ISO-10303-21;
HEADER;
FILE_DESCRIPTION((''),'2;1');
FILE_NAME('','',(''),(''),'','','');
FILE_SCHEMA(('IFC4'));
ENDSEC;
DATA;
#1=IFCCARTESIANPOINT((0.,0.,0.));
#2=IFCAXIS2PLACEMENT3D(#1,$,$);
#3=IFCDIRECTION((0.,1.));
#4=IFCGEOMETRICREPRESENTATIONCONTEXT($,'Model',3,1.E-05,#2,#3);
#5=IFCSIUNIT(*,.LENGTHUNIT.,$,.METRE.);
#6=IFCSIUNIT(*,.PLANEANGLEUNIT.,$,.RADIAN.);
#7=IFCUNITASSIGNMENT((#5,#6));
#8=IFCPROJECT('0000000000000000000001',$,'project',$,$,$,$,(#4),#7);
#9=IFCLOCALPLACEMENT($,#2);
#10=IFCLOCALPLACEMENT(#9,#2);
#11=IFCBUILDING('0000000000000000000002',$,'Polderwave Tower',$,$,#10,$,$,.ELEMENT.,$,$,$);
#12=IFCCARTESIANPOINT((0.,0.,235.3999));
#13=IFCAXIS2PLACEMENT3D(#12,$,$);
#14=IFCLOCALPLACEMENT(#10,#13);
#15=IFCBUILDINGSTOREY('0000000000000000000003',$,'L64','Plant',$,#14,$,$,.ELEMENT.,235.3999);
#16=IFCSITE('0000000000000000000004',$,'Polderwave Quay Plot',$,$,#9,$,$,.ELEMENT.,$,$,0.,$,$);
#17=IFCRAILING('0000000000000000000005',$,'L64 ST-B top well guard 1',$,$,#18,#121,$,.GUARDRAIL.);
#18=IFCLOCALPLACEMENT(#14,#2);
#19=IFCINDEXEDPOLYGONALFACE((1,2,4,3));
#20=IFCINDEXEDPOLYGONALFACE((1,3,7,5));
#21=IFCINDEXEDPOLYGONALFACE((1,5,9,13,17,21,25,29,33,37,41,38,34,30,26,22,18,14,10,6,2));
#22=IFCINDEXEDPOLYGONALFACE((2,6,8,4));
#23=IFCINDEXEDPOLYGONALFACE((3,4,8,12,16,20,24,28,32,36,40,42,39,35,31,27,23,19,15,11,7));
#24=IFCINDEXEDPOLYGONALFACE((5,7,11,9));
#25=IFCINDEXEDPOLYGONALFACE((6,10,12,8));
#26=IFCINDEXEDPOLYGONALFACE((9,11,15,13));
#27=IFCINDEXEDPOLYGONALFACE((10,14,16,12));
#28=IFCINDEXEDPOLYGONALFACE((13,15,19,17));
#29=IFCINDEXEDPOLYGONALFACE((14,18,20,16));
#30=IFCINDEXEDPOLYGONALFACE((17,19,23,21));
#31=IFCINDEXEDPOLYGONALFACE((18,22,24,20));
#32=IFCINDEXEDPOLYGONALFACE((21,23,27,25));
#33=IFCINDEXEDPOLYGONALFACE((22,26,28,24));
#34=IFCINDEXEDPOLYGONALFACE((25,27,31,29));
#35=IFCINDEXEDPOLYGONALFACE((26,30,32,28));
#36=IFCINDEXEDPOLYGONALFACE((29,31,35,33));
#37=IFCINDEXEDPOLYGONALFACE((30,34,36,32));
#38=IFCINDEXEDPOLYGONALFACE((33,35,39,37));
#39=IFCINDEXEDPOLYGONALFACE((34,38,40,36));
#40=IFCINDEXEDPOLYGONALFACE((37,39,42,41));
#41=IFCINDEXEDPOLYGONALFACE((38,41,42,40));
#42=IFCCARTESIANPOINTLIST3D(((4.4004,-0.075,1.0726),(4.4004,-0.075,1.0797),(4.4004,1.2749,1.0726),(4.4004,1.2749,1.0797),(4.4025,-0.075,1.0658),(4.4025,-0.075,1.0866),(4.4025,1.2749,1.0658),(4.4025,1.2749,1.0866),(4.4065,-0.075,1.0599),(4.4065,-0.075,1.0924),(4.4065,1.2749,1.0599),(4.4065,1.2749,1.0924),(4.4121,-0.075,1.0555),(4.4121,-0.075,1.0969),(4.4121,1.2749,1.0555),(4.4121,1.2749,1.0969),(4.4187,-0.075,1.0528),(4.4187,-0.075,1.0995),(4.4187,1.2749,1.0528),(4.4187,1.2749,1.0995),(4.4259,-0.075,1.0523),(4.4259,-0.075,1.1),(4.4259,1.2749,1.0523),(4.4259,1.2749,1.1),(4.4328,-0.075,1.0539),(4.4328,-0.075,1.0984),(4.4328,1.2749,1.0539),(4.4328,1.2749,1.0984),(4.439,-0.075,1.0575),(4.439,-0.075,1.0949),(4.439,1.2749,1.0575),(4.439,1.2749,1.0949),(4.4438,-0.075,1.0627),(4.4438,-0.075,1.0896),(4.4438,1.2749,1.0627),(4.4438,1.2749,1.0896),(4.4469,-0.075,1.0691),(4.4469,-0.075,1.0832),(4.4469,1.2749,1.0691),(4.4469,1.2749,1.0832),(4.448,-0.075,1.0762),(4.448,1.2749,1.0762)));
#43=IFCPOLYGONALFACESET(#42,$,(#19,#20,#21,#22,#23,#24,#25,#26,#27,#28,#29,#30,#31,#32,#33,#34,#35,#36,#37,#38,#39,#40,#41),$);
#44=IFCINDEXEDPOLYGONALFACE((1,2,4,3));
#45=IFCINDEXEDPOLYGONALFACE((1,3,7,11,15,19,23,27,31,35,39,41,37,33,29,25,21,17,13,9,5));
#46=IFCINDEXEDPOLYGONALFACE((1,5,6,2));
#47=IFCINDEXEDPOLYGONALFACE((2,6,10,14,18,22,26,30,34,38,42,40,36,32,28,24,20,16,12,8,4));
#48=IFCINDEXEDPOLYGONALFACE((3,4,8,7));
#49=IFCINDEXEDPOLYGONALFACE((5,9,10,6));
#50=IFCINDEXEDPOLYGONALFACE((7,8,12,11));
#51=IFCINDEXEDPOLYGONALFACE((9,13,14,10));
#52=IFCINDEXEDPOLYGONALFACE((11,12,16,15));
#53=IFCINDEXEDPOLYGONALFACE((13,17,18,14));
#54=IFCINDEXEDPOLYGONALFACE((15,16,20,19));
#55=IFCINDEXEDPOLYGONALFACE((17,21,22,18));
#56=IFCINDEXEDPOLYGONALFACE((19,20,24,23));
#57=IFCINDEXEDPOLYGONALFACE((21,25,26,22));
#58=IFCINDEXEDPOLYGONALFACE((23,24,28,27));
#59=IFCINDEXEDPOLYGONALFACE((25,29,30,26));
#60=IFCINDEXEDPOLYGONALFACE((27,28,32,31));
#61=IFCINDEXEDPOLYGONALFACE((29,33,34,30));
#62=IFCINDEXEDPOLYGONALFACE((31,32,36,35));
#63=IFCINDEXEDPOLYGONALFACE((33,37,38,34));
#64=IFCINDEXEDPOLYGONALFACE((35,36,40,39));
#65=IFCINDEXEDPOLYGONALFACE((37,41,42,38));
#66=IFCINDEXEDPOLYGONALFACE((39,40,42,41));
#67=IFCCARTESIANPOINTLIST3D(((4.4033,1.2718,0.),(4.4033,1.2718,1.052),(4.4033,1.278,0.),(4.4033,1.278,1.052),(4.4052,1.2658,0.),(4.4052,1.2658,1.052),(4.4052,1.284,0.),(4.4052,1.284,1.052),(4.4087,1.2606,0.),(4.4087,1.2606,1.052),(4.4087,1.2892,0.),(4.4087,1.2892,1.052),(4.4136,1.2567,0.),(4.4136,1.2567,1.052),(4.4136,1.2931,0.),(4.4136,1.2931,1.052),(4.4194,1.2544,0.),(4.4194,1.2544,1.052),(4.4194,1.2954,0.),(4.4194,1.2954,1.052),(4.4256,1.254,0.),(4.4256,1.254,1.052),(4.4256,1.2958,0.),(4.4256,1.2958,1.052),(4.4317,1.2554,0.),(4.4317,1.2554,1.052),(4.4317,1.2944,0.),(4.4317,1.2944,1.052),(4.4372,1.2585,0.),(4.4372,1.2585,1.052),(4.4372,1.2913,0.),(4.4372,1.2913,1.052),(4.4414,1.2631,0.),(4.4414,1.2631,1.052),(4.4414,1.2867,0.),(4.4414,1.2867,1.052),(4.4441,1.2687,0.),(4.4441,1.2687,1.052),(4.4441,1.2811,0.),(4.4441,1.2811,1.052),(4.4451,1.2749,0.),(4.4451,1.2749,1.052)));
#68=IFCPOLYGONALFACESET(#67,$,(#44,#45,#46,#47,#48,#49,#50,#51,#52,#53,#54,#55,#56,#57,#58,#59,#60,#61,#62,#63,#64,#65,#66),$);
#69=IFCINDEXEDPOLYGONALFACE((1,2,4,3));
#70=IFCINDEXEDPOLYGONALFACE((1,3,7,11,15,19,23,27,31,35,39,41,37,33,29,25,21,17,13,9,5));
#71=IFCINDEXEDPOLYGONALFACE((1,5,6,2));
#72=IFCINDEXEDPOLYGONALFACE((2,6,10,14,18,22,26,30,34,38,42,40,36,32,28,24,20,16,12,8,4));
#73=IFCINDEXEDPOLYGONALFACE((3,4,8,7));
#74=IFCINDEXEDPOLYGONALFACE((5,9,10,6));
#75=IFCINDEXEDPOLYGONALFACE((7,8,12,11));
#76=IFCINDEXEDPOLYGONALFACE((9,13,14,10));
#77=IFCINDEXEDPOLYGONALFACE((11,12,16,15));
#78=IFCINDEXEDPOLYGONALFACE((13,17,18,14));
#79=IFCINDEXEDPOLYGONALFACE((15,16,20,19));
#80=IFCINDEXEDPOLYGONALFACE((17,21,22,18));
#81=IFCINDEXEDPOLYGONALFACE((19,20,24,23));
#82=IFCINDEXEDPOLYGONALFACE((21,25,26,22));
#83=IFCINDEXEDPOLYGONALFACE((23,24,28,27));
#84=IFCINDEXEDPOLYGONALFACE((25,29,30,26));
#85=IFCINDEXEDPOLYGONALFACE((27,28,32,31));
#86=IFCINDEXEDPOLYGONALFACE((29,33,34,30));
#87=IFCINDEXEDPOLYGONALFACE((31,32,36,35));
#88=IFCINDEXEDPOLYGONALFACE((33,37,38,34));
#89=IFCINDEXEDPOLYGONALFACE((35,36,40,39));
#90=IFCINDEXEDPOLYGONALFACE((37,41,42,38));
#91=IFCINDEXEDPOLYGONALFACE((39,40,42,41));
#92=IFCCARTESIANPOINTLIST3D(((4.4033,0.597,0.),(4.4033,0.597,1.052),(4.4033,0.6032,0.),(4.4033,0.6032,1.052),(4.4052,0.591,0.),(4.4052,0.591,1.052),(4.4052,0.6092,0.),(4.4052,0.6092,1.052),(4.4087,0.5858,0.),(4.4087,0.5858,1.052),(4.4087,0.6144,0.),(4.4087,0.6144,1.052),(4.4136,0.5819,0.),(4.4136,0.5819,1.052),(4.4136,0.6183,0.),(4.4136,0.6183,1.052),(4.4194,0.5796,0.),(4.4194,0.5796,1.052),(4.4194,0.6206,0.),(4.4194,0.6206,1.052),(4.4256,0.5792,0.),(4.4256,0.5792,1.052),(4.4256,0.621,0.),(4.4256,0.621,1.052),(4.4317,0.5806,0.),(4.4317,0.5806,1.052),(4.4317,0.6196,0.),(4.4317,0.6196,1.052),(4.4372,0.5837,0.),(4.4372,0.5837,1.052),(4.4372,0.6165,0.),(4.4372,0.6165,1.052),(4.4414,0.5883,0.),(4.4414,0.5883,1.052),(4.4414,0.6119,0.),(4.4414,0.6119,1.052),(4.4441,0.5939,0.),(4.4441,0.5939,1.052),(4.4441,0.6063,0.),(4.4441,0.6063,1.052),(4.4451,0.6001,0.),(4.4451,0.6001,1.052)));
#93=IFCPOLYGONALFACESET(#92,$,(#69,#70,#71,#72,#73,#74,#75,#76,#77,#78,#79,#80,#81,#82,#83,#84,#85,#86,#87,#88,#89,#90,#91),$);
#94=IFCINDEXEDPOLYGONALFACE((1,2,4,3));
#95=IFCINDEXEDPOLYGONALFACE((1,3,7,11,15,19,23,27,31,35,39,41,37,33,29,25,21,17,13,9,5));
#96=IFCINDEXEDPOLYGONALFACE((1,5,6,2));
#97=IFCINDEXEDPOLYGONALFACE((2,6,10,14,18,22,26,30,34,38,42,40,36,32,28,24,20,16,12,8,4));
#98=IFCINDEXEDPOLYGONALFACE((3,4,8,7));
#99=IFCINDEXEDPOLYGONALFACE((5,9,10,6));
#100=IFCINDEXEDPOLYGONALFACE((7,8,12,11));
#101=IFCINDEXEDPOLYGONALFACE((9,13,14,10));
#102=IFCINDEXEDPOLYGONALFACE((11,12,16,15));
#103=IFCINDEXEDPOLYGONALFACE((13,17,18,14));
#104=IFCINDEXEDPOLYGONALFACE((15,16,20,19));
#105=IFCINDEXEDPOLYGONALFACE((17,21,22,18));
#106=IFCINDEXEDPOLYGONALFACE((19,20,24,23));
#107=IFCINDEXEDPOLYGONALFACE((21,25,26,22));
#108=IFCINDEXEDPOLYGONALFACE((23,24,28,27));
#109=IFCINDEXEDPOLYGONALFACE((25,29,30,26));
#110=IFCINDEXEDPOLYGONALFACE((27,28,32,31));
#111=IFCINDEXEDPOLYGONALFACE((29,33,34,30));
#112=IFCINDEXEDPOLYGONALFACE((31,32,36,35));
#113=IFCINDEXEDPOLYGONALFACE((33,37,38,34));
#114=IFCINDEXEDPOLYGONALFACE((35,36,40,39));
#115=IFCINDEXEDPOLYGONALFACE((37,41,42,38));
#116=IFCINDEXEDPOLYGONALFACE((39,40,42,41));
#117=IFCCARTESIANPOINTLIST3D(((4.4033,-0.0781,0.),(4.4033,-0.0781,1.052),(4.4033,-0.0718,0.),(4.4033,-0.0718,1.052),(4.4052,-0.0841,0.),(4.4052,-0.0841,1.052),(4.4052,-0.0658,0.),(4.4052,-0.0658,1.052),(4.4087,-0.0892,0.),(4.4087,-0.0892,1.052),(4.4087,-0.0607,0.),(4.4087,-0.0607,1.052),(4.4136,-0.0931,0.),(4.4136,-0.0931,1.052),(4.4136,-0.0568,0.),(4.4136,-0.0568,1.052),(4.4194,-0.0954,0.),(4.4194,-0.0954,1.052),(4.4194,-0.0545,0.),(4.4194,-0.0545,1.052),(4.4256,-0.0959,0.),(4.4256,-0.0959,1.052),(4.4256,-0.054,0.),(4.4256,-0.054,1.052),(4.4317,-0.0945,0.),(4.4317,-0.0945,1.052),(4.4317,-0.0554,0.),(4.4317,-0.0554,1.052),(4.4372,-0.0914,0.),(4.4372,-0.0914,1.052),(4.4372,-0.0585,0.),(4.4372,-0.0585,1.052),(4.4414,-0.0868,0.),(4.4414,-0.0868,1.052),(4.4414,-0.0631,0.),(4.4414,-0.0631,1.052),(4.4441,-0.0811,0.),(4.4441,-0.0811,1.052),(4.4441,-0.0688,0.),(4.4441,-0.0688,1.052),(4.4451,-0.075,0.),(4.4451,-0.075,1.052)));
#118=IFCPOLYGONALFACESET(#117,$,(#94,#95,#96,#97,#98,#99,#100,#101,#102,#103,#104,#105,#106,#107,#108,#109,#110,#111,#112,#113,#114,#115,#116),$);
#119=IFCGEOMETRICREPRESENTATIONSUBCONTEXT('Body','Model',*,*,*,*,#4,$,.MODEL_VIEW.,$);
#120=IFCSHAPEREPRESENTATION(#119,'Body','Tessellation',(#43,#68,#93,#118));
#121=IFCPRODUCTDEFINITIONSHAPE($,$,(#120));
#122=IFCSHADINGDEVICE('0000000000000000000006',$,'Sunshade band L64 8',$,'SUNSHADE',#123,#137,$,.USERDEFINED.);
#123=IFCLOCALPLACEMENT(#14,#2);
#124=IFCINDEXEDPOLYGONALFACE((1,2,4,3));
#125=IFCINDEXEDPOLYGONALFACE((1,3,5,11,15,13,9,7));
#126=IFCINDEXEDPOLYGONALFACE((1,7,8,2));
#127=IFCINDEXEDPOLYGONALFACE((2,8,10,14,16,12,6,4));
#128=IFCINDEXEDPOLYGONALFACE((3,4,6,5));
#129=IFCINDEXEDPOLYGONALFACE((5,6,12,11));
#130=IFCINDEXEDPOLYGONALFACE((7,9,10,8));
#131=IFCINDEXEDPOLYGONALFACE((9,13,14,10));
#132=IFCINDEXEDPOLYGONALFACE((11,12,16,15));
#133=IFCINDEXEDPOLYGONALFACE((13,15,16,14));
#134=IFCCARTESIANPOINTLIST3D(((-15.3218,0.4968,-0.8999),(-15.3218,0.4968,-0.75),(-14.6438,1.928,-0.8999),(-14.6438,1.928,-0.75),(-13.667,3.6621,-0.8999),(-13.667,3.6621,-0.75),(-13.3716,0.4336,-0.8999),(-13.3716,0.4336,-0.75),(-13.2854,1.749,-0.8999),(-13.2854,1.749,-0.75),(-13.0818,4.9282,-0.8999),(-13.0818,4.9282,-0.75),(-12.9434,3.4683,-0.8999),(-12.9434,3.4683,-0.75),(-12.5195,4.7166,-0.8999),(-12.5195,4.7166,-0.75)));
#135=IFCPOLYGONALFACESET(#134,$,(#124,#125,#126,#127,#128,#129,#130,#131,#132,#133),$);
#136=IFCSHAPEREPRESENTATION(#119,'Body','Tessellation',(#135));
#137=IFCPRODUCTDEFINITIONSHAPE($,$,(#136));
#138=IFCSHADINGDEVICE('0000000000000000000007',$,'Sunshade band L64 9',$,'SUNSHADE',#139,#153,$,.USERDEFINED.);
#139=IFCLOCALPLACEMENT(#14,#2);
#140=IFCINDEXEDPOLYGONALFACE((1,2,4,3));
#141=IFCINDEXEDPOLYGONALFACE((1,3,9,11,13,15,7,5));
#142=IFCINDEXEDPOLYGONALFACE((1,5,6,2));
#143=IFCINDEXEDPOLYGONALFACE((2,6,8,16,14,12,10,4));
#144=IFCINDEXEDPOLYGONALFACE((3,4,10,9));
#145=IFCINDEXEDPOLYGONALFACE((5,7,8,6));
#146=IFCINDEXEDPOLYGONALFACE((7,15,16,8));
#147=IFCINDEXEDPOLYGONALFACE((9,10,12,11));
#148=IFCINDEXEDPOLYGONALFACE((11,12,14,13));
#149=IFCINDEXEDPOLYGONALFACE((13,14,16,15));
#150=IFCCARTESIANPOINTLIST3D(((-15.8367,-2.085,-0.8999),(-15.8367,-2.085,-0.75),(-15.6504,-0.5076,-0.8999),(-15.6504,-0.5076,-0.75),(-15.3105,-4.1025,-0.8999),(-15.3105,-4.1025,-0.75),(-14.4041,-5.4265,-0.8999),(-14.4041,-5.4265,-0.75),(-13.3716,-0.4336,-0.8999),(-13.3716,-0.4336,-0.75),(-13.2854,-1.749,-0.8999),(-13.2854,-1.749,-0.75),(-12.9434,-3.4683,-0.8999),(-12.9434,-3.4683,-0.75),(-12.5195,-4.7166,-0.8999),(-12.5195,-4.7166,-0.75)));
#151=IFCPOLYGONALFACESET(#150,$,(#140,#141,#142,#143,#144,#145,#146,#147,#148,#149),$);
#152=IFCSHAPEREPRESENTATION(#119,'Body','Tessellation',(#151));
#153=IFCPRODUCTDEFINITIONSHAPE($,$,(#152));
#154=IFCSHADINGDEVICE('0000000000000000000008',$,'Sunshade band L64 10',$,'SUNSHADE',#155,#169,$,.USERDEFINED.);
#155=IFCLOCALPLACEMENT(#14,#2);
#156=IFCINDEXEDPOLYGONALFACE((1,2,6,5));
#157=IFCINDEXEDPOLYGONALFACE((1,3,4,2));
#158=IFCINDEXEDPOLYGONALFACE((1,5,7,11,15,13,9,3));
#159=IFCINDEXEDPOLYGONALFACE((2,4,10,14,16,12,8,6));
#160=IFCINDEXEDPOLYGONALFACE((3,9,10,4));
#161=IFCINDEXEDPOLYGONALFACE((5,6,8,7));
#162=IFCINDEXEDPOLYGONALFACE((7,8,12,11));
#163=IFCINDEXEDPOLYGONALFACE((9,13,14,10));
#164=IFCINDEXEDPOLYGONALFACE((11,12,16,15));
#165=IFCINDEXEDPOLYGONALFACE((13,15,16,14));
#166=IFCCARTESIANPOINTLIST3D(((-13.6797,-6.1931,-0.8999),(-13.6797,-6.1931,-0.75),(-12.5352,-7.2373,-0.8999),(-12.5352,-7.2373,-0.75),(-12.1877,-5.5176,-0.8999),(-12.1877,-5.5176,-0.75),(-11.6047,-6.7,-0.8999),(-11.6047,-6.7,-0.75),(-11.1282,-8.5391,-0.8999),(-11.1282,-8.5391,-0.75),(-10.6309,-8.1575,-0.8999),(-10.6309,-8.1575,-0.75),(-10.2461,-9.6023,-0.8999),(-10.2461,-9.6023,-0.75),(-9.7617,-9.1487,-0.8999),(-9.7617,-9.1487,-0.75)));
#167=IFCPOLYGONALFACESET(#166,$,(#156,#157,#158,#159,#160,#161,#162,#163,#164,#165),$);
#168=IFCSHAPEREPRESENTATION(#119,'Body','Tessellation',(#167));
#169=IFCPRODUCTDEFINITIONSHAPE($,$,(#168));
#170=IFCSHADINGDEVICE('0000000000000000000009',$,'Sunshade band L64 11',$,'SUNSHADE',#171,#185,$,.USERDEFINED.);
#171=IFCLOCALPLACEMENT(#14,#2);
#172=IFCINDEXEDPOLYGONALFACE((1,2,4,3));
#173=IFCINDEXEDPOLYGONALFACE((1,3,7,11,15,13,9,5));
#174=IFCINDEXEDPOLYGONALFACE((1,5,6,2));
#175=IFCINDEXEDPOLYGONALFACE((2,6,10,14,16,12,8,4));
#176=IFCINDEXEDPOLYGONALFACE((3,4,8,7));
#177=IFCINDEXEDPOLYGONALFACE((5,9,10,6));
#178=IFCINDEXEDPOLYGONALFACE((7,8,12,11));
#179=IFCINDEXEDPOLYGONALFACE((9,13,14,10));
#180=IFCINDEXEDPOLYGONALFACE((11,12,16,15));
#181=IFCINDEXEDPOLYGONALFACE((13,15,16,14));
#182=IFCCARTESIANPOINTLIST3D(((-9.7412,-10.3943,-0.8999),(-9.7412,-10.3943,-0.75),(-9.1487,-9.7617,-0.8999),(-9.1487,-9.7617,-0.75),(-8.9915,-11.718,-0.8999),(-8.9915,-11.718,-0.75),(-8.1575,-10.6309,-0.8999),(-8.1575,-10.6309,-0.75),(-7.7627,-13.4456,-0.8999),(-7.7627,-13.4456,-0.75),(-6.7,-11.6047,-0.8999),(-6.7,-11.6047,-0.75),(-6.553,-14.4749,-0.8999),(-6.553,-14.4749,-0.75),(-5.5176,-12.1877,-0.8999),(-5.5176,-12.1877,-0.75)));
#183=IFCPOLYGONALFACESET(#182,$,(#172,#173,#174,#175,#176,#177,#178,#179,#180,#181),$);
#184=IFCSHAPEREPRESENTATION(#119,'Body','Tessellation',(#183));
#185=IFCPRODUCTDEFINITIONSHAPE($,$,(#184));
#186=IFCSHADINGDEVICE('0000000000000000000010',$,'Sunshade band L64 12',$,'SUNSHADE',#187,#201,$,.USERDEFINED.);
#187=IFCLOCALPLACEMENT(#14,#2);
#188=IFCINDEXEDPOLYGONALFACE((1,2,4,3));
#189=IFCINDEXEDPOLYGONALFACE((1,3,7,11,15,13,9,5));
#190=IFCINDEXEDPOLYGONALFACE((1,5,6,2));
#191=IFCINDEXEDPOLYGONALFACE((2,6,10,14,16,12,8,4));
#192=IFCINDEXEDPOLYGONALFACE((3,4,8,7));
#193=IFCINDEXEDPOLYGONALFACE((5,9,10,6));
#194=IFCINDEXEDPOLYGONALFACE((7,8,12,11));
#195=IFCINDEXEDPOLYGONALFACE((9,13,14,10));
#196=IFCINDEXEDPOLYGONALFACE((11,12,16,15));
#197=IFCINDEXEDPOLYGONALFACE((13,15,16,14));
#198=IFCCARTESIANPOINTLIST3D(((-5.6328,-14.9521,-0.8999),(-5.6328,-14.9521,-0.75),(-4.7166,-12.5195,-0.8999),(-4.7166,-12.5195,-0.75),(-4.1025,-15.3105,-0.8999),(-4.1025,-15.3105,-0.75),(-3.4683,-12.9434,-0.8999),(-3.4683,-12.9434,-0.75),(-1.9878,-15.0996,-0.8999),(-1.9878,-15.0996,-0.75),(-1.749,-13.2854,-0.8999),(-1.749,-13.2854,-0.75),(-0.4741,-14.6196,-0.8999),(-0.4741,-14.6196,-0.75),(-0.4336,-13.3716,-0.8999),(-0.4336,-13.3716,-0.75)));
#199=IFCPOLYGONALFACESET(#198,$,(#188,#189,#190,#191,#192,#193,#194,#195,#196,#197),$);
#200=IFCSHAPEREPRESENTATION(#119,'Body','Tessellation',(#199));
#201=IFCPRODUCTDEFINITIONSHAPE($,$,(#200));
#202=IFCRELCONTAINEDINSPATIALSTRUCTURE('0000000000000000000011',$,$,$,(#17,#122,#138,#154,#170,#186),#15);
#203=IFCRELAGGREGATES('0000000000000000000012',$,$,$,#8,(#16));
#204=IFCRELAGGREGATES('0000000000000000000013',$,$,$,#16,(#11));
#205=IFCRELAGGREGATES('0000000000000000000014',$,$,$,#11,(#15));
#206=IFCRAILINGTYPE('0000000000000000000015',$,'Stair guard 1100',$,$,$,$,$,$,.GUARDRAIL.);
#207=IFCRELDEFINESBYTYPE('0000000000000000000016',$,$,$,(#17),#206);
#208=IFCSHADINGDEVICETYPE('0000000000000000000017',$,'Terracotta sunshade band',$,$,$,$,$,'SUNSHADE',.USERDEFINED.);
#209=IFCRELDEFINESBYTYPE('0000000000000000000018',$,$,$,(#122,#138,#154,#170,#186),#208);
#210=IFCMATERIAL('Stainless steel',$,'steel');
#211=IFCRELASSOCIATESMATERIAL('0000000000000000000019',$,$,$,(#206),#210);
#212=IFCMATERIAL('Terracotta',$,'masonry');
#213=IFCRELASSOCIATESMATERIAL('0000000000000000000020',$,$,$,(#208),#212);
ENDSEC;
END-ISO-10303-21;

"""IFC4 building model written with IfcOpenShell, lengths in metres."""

from ifc_helpers import new_model, si_unit, direction, frame, origin, origin_2d, place, context, subcontext, project, spatial, polyline, circle, outline, extrude, material, type_object, element, save


model = new_model("IFC4")

# Units and contexts
model_context = context("Model", 3, precision=1e-05, world=origin(), true_north=direction((0.0, 1.0)))
body_context = subcontext(model_context, "Body", "Model", "MODEL_VIEW")
ifc_project = project(units=[si_unit("LENGTHUNIT", "METRE"), si_unit("PLANEANGLEUNIT", "RADIAN")], contexts=[model_context])

# Site, building, storey
site_placement = place(None, origin())
site = spatial("IfcSite", under=ifc_project, at=site_placement, Name="Polderwave Quay Plot", CompositionType="ELEMENT", RefElevation=0.0)
building_placement = place(site_placement, origin())
building = spatial("IfcBuilding", under=site, at=building_placement, Name="Polderwave Tower", CompositionType="ELEMENT")
storey_placement = place(building_placement, frame((0.0, 0.0, 235.3999)))
storey = spatial("IfcBuildingStorey", under=building, at=storey_placement, Name="L64", Description="Plant", CompositionType="ELEMENT", Elevation=235.3999)

# Railing
ifc_material_1 = material(Name="Stainless steel", Category="steel")
railing_type = type_object("IfcRailingType", Name="Stair guard 1100", PredefinedType="GUARDRAIL", material=ifc_material_1)
railing_placement = place(storey_placement, frame((4.4241, 1.2749, 0.0)))
element("IfcRailing", 1, at=railing_placement, inside=storey, type_object=railing_type, Name="L64 ST-B top well guard 1", PredefinedType="GUARDRAIL", context=body_context, shape_type="SweptSolid", body=[
    extrude(circle(Radius=0.0239, at=origin_2d()), frame((0.0, 0.0, 1.0762), z_axis=(0.0, -1.0, 0.0), x_axis=(1.0, 0.0, 0.0)), (0.0, 0.0, 1.0), 1.3499),
    extrude(circle(Radius=0.021, at=origin_2d()), origin(), (0.0, 0.0, 1.0), 1.052),
    extrude(circle(Radius=0.021, at=origin_2d()), frame((0.0, -0.6748, 0.0)), (0.0, 0.0, 1.0), 1.052),
    extrude(circle(Radius=0.021, at=origin_2d()), frame((0.0, -1.3499, 0.0)), (0.0, 0.0, 1.0), 1.052),
])

# Shading devices
ifc_material_2 = material(Name="Terracotta", Category="masonry")
shading_device_type = type_object("IfcShadingDeviceType", Name="Terracotta sunshade band", ElementType="SUNSHADE", PredefinedType="USERDEFINED", material=ifc_material_2)
shading_device_1_placement = place(storey_placement, frame((0.0, 0.0, -0.8999)))
element("IfcShadingDevice", 2, at=shading_device_1_placement, inside=storey, type_object=shading_device_type, Name="Sunshade band L64 8", ObjectType="SUNSHADE", PredefinedType="USERDEFINED", context=body_context, shape_type="SweptSolid", body=[
    extrude(outline(polyline([(-12.5195, 4.7166), (-12.9434, 3.4683), (-13.2854, 1.749), (-13.3716, 0.4336), (-15.3218, 0.4968), (-14.6438, 1.928), (-13.667, 3.6621), (-13.0818, 4.9282), (-12.5195, 4.7166)])), origin(), (0.0, 0.0, 1.0), 0.1499),
])
shading_device_2_placement = place(storey_placement, frame((0.0, 0.0, -0.8999)))
element("IfcShadingDevice", 3, at=shading_device_2_placement, inside=storey, type_object=shading_device_type, Name="Sunshade band L64 9", ObjectType="SUNSHADE", PredefinedType="USERDEFINED", context=body_context, shape_type="SweptSolid", body=[
    extrude(outline(polyline([(-13.3716, -0.4336), (-13.2854, -1.749), (-12.9434, -3.4683), (-12.5195, -4.7166), (-14.4041, -5.4265), (-15.3105, -4.1025), (-15.8367, -2.085), (-15.6504, -0.5076), (-13.3716, -0.4336)])), origin(), (0.0, 0.0, 1.0), 0.1499),
])
shading_device_3_placement = place(storey_placement, frame((0.0, 0.0, -0.8999)))
element("IfcShadingDevice", 4, at=shading_device_3_placement, inside=storey, type_object=shading_device_type, Name="Sunshade band L64 10", ObjectType="SUNSHADE", PredefinedType="USERDEFINED", context=body_context, shape_type="SweptSolid", body=[
    extrude(outline(polyline([(-12.1877, -5.5176), (-11.6047, -6.7), (-10.6309, -8.1575), (-9.7617, -9.1487), (-10.2461, -9.6023), (-11.1282, -8.5391), (-12.5352, -7.2373), (-13.6797, -6.1931), (-12.1877, -5.5176)])), origin(), (0.0, 0.0, 1.0), 0.1499),
])
shading_device_4_placement = place(storey_placement, frame((0.0, 0.0, -0.8999)))
element("IfcShadingDevice", 5, at=shading_device_4_placement, inside=storey, type_object=shading_device_type, Name="Sunshade band L64 11", ObjectType="SUNSHADE", PredefinedType="USERDEFINED", context=body_context, shape_type="SweptSolid", body=[
    extrude(outline(polyline([(-9.1487, -9.7617), (-8.1575, -10.6309), (-6.7, -11.6047), (-5.5176, -12.1877), (-6.553, -14.4749), (-7.7627, -13.4456), (-8.9915, -11.718), (-9.7412, -10.3943), (-9.1487, -9.7617)])), origin(), (0.0, 0.0, 1.0), 0.1499),
])
shading_device_5_placement = place(storey_placement, frame((0.0, 0.0, -0.8999)))
element("IfcShadingDevice", 6, at=shading_device_5_placement, inside=storey, type_object=shading_device_type, Name="Sunshade band L64 12", ObjectType="SUNSHADE", PredefinedType="USERDEFINED", context=body_context, shape_type="SweptSolid", body=[
    extrude(outline(polyline([(-4.7166, -12.5195), (-3.4683, -12.9434), (-1.749, -13.2854), (-0.4336, -13.3716), (-0.4741, -14.6196), (-1.9878, -15.0996), (-4.1025, -15.3105), (-5.6328, -14.9521), (-4.7166, -12.5195)])), origin(), (0.0, 0.0, 1.0), 0.1499),
])

save(model, "model.ifc")
